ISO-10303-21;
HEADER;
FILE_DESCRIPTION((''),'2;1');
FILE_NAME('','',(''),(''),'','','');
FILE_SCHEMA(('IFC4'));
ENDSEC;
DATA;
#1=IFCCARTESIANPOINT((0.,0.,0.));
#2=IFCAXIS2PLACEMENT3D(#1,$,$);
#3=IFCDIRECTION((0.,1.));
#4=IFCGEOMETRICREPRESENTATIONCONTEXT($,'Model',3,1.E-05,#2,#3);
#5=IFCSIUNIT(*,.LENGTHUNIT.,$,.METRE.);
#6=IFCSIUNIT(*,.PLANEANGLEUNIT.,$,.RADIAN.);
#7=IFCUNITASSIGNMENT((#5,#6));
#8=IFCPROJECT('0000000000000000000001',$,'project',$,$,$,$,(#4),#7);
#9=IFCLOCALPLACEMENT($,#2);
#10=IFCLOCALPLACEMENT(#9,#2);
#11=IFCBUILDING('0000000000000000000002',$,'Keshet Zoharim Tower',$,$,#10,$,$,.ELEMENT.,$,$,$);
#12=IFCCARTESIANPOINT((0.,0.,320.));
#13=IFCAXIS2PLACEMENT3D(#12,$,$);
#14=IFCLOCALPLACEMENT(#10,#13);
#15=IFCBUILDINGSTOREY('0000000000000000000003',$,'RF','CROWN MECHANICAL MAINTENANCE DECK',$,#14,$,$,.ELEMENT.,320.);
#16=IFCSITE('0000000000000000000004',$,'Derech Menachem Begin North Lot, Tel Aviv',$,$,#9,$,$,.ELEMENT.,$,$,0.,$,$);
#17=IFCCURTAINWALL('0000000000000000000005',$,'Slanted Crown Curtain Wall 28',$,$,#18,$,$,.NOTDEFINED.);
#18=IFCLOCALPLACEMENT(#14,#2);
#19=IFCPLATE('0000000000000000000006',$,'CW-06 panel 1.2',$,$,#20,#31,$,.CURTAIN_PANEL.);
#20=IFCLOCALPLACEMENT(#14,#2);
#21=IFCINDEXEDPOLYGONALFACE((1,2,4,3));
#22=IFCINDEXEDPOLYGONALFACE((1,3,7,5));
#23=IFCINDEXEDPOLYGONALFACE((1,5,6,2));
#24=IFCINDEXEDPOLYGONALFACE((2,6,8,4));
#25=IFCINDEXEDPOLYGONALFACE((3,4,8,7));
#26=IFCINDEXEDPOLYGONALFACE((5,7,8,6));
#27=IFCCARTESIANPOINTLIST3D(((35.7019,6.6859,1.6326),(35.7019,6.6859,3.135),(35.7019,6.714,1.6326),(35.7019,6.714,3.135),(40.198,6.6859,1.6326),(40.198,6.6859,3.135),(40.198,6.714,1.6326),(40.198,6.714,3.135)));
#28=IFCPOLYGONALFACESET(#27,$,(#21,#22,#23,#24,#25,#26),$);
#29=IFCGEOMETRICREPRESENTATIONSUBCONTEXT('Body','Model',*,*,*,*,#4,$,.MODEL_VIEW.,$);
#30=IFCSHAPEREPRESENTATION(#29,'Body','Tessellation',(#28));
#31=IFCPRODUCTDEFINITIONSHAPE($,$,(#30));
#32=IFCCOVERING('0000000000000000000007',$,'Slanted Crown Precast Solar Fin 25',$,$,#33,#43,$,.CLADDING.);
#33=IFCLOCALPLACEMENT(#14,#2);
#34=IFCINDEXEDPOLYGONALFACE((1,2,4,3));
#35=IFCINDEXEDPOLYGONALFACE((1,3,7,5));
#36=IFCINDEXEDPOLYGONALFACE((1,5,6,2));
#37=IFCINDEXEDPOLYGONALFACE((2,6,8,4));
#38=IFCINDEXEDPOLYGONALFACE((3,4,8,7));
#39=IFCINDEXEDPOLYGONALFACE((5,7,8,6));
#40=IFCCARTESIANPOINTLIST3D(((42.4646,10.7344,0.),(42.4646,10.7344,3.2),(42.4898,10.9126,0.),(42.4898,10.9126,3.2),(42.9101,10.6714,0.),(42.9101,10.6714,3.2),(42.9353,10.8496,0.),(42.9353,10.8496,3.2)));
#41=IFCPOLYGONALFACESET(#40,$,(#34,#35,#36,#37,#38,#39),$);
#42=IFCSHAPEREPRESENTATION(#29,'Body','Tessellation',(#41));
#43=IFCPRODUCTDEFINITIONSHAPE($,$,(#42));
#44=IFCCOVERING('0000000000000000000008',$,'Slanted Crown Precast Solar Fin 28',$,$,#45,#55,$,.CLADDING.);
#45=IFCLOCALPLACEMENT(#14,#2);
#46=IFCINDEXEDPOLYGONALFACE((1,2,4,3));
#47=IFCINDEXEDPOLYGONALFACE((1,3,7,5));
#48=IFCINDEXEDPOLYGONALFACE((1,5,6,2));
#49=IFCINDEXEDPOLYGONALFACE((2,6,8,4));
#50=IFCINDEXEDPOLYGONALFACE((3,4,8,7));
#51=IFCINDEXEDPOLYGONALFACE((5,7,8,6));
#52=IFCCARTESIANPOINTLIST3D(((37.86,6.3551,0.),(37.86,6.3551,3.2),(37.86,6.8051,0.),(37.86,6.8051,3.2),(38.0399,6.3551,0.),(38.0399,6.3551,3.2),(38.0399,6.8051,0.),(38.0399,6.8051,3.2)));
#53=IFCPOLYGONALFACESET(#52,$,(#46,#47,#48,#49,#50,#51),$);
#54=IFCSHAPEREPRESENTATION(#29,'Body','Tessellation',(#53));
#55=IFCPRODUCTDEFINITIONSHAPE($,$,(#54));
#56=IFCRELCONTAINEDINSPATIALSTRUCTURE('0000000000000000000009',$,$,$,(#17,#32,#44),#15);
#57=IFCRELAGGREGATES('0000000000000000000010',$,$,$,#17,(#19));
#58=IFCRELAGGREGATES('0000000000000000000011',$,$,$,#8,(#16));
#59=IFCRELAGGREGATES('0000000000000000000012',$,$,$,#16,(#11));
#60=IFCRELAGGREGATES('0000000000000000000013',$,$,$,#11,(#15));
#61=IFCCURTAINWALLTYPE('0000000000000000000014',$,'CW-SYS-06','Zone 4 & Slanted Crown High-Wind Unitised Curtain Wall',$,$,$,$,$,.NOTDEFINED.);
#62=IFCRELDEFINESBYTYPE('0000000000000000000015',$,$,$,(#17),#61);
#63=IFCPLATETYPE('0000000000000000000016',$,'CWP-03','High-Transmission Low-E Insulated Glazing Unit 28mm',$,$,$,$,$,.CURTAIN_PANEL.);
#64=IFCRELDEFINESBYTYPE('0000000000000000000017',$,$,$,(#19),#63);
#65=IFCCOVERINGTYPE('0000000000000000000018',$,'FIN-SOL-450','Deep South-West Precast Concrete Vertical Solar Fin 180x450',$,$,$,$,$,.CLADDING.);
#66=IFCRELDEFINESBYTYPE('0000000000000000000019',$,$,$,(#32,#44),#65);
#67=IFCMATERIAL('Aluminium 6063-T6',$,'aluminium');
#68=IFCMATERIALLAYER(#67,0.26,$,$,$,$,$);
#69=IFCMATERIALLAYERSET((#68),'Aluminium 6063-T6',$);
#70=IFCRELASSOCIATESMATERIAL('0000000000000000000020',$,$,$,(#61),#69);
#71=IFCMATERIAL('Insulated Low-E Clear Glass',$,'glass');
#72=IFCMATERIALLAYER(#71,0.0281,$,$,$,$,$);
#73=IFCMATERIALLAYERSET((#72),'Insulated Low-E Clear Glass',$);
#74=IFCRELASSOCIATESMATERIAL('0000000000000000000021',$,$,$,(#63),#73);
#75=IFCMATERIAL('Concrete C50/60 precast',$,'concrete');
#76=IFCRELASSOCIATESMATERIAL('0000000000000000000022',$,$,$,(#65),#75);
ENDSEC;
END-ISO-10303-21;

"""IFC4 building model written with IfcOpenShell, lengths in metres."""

from ifc_helpers import new_model, si_unit, direction, frame, origin, origin_2d, place, context, subcontext, project, spatial, rectangle, extrude, material, layer, layer_set, type_object, element, aggregate, save


model = new_model("IFC4")

# Units and contexts
model_context = context("Model", 3, precision=1e-05, world=origin(), true_north=direction((0.0, 1.0)))
body_context = subcontext(model_context, "Body", "Model", "MODEL_VIEW")
ifc_project = project(units=[si_unit("LENGTHUNIT", "METRE"), si_unit("PLANEANGLEUNIT", "RADIAN")], contexts=[model_context])

# Site, building, storey
site_placement = place(None, origin())
site = spatial("IfcSite", under=ifc_project, at=site_placement, Name="Derech Menachem Begin North Lot, Tel Aviv", CompositionType="ELEMENT", RefElevation=0.0)
building_placement = place(site_placement, origin())
building = spatial("IfcBuilding", under=site, at=building_placement, Name="Keshet Zoharim Tower", CompositionType="ELEMENT")
storey_placement = place(building_placement, frame((0.0, 0.0, 320.0)))
storey = spatial("IfcBuildingStorey", under=building, at=storey_placement, Name="RF", Description="CROWN MECHANICAL MAINTENANCE DECK", CompositionType="ELEMENT", Elevation=320.0)

# Curtain wall
ifc_material_1 = material(Name="Aluminium 6063-T6", Category="aluminium")
ifc_layer_1 = layer(ifc_material_1, 0.26)
ifc_layer_set_1 = layer_set([ifc_layer_1], Name="Aluminium 6063-T6")
curtain_wall_type = type_object("IfcCurtainWallType", Name="CW-SYS-06", Description="Zone 4 & Slanted Crown High-Wind Unitised Curtain Wall", PredefinedType="NOTDEFINED", material=ifc_layer_set_1)
curtain_wall_1_placement = place(storey_placement, origin())
curtain_wall_1 = element("IfcCurtainWall", 1, at=curtain_wall_1_placement, inside=storey, type_object=curtain_wall_type, Name="Slanted Crown Curtain Wall 28", PredefinedType="NOTDEFINED")

# Plate
ifc_material_2 = material(Name="Insulated Low-E Clear Glass", Category="glass")
ifc_layer_2 = layer(ifc_material_2, 0.0281)
ifc_layer_set_2 = layer_set([ifc_layer_2], Name="Insulated Low-E Clear Glass")
plate_type = type_object("IfcPlateType", Name="CWP-03", Description="High-Transmission Low-E Insulated Glazing Unit 28mm", PredefinedType="CURTAIN_PANEL", material=ifc_layer_set_2)
plate_1_placement = place(storey_placement, frame((37.95, 6.7, 1.6326), z_axis=(0.0, 0.0, 1.0), x_axis=(-1.0, 0.0, 0.0)))
plate_1 = element("IfcPlate", 2, at=plate_1_placement, type_object=plate_type, Name="CW-06 panel 1.2", PredefinedType="CURTAIN_PANEL", context=body_context, shape_type="SweptSolid", body=[
    extrude(rectangle(XDim=4.4961, YDim=0.0281, at=origin_2d()), origin(), (0.0, 0.0, 1.0), 1.5024),
])
aggregate(curtain_wall_1, [plate_1])

# Coverings
ifc_material_3 = material(Name="Concrete C50/60 precast", Category="concrete")
covering_type = type_object("IfcCoveringType", Name="FIN-SOL-450", Description="Deep South-West Precast Concrete Vertical Solar Fin 180x450", PredefinedType="CLADDING", material=ifc_material_3)
for number, where, z_axis, x_axis, name in (
    (3, (42.7, 10.792, 0.0), (0.0, 0.0, 1.0), (-0.140087, -0.990139, 0.0), "Slanted Crown Precast Solar Fin 25"),
    (4, (37.95, 6.5801, 0.0), (0.0, 0.0, 1.0), (-1.0, 0.0, 0.0), "Slanted Crown Precast Solar Fin 28"),
):
    element("IfcCovering", number, at=place(storey_placement, frame(where, z_axis=z_axis, x_axis=x_axis)), inside=storey, type_object=covering_type, Name=name, PredefinedType="CLADDING", context=body_context, shape_type="SweptSolid", body=[
        extrude(rectangle(XDim=0.1799, YDim=0.45, at=origin_2d()), origin(), (0.0, 0.0, 1.0), 3.2),
    ])

save(model, "model.ifc")
